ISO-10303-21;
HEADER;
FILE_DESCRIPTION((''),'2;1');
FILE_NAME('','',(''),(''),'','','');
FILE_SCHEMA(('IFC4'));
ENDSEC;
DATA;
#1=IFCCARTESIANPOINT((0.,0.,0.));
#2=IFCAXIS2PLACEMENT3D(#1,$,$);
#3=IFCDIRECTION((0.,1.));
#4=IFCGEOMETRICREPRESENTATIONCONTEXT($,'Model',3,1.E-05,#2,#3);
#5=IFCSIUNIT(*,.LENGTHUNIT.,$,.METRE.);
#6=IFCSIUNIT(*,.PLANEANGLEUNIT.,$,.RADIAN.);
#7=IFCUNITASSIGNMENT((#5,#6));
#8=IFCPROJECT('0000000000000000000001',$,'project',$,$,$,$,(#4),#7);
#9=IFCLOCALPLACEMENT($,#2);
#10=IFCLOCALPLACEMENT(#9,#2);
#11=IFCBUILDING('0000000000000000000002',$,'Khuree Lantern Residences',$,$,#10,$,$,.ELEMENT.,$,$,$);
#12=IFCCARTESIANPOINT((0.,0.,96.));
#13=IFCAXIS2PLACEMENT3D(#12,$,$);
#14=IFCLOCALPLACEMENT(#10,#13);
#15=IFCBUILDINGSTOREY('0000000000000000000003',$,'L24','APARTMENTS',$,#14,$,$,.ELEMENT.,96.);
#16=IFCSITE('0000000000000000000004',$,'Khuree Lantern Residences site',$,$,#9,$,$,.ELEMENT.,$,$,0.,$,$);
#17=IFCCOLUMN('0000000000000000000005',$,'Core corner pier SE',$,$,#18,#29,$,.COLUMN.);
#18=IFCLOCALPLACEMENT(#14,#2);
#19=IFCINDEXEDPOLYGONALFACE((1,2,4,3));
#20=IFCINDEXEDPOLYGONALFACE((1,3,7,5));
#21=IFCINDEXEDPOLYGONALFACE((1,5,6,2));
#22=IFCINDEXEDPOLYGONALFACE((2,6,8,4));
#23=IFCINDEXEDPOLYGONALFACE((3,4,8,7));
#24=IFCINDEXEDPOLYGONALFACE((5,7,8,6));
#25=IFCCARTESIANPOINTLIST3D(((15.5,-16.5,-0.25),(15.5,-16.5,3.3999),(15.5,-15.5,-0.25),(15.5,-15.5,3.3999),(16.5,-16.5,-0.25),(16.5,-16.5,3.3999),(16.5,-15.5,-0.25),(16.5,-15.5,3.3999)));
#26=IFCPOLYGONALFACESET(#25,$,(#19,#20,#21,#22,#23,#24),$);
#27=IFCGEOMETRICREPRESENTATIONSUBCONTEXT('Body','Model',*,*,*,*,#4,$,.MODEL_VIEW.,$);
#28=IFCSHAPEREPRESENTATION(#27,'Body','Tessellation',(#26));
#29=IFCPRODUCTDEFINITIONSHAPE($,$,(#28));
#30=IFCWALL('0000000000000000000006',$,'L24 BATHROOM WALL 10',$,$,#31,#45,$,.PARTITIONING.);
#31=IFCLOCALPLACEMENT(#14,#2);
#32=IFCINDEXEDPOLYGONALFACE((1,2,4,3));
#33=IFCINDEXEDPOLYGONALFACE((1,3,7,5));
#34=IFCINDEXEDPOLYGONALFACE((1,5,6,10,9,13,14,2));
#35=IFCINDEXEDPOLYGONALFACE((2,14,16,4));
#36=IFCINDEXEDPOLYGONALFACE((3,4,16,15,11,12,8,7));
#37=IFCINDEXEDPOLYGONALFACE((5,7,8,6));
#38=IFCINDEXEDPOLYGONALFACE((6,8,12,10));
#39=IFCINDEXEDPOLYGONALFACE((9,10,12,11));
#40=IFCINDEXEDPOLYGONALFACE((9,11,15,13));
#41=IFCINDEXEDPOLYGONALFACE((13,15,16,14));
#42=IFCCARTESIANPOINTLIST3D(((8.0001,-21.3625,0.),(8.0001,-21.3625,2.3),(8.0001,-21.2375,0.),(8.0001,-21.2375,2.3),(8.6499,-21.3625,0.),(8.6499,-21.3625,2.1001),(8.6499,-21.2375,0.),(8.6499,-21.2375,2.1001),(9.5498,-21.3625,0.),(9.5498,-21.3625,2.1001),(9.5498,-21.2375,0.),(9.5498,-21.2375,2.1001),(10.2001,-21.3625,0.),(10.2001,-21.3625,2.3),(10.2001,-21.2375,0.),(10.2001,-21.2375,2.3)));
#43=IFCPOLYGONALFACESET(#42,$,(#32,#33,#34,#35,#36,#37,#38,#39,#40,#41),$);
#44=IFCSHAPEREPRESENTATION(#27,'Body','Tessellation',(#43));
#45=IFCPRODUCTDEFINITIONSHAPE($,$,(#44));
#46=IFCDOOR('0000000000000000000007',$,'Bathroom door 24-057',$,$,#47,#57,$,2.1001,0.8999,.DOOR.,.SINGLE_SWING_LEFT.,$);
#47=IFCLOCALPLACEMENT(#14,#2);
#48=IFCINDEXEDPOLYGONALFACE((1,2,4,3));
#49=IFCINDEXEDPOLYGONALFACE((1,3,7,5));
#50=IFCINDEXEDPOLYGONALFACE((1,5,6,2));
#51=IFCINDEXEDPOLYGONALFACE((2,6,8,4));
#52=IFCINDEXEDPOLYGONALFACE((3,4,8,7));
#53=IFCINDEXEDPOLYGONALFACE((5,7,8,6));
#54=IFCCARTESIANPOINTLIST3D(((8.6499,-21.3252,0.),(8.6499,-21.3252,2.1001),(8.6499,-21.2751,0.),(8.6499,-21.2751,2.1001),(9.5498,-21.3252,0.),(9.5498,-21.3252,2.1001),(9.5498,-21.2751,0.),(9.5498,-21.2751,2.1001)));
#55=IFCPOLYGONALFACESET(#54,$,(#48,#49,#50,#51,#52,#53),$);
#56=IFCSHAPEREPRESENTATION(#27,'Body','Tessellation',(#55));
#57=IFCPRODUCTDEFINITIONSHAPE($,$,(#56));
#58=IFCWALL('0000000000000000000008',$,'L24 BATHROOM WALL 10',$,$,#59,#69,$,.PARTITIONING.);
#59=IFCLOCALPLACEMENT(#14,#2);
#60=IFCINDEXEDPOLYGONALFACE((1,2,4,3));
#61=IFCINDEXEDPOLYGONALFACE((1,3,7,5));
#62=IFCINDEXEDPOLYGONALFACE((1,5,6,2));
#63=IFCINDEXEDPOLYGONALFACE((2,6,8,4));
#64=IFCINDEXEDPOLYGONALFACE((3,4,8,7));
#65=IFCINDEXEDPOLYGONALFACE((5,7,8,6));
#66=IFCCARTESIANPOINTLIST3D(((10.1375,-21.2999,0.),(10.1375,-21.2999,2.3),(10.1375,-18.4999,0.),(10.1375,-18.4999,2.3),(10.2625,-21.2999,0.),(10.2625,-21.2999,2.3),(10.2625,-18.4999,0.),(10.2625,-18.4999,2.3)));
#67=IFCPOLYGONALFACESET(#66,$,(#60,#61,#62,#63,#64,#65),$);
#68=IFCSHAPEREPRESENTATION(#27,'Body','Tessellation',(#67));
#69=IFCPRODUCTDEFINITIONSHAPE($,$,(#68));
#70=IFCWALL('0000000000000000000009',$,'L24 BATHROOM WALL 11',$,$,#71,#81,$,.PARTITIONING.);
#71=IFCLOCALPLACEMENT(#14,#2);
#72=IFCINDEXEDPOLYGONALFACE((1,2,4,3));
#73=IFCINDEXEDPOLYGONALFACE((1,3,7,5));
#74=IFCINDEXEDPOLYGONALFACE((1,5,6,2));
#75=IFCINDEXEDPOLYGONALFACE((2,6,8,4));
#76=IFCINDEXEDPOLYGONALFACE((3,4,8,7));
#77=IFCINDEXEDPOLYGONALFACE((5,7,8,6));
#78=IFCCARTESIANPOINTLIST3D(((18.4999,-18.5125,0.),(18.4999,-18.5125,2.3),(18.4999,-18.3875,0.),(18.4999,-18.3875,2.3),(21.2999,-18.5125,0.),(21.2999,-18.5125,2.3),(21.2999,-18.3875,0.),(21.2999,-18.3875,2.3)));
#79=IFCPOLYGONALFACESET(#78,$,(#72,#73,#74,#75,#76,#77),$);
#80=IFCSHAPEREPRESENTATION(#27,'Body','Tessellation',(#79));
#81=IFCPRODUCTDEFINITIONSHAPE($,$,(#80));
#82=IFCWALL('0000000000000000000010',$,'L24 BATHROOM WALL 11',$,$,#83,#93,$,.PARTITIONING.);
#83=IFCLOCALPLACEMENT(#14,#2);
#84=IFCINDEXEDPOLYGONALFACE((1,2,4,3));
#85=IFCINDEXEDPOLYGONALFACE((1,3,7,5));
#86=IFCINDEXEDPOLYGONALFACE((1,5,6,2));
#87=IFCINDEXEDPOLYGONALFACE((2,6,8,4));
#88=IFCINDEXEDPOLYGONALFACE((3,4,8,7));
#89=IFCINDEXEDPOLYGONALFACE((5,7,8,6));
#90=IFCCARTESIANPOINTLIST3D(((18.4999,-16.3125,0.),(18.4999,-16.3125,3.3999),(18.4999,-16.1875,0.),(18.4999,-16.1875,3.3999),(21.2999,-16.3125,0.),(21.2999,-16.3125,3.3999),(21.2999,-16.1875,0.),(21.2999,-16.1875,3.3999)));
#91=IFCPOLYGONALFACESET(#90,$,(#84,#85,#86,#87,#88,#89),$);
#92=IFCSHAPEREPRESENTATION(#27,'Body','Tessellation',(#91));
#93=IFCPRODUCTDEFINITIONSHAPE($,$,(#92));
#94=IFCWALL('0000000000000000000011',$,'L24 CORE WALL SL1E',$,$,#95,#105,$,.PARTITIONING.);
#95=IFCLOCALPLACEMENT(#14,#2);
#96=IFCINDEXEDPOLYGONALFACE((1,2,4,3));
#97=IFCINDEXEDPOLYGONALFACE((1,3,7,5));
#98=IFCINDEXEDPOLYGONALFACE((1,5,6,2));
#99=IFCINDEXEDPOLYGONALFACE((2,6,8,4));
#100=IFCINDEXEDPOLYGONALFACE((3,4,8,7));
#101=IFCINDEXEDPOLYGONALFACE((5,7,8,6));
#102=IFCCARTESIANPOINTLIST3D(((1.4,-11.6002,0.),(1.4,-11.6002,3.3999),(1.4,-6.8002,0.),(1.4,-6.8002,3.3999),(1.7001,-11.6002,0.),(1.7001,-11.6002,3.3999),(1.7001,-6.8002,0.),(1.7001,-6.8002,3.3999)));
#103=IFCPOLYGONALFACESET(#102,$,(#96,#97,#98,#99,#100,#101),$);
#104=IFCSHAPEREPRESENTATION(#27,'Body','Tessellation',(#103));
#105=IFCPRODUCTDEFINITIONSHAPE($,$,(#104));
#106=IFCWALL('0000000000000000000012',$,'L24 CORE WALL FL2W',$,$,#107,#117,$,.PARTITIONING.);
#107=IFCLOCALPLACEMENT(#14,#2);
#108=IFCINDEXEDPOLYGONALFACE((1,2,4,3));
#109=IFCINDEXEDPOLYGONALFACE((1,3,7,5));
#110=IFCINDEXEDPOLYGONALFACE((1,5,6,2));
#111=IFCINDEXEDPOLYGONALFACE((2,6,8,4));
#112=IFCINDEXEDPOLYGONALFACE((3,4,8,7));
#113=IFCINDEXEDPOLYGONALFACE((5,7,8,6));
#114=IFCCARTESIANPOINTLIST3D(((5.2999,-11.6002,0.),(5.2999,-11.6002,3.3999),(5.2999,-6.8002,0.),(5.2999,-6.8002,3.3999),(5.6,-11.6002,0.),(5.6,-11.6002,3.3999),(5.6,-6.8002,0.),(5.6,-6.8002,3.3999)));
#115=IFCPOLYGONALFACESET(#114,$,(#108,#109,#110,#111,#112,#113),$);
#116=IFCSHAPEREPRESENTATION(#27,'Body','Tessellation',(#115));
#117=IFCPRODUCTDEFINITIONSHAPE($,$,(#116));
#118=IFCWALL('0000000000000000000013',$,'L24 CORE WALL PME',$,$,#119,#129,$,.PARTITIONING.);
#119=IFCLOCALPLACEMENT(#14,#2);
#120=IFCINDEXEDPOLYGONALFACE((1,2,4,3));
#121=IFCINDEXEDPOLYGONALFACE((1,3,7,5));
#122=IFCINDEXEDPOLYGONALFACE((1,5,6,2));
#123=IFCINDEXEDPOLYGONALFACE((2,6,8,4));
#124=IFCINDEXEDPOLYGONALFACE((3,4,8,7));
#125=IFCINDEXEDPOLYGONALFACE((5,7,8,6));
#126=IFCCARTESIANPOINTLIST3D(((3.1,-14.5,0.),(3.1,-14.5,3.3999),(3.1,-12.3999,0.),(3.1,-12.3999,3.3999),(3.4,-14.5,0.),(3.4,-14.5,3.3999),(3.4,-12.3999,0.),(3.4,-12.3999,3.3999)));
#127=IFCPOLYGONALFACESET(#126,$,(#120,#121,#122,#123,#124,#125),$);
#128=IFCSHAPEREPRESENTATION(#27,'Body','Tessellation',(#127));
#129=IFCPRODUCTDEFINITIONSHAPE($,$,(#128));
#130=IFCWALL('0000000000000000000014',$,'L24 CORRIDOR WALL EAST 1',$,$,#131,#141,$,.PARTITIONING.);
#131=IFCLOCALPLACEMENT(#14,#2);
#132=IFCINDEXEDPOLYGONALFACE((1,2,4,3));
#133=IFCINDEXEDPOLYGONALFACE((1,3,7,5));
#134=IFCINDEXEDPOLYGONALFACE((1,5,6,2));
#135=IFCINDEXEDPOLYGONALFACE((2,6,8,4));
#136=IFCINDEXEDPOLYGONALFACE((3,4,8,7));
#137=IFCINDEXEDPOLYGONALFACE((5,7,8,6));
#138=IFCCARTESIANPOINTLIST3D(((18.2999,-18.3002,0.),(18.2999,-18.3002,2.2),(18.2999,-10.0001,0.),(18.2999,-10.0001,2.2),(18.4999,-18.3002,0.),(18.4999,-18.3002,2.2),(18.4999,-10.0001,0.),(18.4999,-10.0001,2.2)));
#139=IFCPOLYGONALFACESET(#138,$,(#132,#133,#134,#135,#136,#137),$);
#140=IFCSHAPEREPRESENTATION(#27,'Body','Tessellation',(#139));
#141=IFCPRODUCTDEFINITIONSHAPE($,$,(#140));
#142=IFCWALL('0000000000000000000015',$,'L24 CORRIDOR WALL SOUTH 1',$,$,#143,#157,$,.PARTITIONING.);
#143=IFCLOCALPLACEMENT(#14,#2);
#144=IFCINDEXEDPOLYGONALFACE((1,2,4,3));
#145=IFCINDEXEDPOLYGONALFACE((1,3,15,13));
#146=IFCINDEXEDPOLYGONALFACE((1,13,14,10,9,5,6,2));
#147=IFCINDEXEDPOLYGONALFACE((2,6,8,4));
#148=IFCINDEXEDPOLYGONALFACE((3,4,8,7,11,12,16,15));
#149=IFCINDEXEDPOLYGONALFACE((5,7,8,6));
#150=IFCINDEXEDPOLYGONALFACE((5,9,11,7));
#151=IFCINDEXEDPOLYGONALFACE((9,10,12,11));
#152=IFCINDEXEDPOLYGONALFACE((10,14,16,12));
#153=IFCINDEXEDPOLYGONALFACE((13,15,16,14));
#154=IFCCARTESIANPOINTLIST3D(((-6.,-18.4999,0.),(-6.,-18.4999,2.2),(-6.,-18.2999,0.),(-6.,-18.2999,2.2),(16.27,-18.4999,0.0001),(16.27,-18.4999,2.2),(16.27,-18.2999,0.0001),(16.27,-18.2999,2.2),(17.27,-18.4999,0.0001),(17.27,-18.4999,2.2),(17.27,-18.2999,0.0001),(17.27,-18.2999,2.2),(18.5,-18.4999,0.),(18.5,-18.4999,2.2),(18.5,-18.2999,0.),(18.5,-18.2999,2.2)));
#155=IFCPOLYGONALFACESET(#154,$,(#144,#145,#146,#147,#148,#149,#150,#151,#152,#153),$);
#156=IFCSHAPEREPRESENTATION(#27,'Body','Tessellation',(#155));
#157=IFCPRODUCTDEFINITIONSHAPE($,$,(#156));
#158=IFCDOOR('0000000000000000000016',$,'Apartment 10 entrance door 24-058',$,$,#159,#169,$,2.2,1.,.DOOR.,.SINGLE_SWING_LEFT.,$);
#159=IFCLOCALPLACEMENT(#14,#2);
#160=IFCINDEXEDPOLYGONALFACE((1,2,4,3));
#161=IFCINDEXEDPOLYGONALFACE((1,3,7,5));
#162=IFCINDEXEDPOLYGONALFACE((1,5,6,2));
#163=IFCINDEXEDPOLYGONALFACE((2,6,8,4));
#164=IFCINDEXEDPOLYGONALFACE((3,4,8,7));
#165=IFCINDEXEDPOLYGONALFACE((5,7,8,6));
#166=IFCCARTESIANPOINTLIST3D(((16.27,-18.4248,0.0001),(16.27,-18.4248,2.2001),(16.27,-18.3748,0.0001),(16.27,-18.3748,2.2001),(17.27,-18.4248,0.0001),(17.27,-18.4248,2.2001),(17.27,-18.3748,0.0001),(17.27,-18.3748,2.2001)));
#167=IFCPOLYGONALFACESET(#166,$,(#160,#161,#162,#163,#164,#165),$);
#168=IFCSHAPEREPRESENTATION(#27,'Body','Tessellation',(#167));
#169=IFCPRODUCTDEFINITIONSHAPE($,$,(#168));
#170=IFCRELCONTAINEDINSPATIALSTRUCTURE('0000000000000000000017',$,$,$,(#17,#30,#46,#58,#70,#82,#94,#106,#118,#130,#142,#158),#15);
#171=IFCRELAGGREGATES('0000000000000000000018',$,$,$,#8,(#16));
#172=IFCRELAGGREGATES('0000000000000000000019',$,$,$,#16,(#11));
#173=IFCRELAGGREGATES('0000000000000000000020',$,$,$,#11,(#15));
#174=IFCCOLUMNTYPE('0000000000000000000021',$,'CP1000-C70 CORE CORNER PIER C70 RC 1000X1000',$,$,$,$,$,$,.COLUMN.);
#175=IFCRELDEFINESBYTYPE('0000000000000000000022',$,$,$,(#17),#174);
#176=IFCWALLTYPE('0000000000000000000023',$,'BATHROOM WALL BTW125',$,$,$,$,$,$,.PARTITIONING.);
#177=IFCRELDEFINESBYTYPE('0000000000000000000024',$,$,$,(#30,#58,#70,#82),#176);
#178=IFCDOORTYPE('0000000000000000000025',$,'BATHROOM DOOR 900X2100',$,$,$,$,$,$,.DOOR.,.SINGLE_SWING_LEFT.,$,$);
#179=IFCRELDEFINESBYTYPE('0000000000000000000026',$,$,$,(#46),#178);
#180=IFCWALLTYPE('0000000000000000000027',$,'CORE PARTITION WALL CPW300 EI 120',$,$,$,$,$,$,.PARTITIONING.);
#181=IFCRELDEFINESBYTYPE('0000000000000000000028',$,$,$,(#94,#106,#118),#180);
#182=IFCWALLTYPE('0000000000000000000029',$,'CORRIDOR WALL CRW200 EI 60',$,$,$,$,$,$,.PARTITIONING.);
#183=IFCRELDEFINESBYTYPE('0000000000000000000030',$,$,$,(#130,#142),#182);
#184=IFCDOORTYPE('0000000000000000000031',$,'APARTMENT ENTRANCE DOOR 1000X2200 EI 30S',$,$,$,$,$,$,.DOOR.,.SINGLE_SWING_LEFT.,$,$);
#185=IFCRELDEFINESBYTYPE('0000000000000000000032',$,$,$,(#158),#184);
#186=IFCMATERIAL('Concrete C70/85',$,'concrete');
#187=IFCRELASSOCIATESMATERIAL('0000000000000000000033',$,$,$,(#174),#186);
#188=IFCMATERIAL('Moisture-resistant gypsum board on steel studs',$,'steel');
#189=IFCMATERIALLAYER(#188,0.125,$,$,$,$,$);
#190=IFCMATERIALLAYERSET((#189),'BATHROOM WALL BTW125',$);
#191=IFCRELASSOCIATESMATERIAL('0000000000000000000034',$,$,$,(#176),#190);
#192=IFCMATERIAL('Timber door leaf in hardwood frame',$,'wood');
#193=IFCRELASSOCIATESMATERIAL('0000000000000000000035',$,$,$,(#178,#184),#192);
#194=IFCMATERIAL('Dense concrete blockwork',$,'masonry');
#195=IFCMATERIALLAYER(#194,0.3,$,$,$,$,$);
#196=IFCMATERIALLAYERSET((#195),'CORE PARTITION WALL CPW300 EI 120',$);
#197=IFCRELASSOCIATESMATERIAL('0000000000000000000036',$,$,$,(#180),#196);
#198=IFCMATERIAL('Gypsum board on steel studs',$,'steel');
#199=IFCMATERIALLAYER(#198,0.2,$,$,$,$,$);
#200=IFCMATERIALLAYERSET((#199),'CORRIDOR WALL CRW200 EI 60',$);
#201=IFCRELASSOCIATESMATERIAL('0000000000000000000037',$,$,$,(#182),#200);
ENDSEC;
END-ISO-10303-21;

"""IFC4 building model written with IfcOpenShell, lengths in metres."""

from ifc_helpers import new_model, si_unit, direction, frame, frame_2d, origin, origin_2d, place, context, subcontext, project, spatial, rectangle, extrude, material, layer, layer_set, material_profile, profile_set, type_object, element, fill, save


model = new_model("IFC4")

# Units and contexts
model_context = context("Model", 3, precision=1e-05, world=origin(), true_north=direction((0.0, 1.0)))
body_context = subcontext(model_context, "Body", "Model", "MODEL_VIEW")
ifc_project = project(units=[si_unit("LENGTHUNIT", "METRE"), si_unit("PLANEANGLEUNIT", "RADIAN")], contexts=[model_context])

# Site, building, storey
site_placement = place(None, origin())
site = spatial("IfcSite", under=ifc_project, at=site_placement, Name="Khuree Lantern Residences site", CompositionType="ELEMENT", RefElevation=0.0)
building_placement = place(site_placement, origin())
building = spatial("IfcBuilding", under=site, at=building_placement, Name="Khuree Lantern Residences", CompositionType="ELEMENT")
storey_placement = place(building_placement, frame((0.0, 0.0, 96.0)))
storey = spatial("IfcBuildingStorey", under=building, at=storey_placement, Name="L24", Description="APARTMENTS", CompositionType="ELEMENT", Elevation=96.0)

# Column
ifc_material_1 = material(Name="Concrete C70/85", Category="concrete")
ifc_material_profile = material_profile(ifc_material_1, rectangle(XDim=1.0, YDim=1.0, at=origin_2d()), Name="RC 1000X1000")
ifc_profile_set = profile_set([ifc_material_profile], Name="Concrete C70/85")
column_type = type_object("IfcColumnType", Name="CP1000-C70 CORE CORNER PIER C70 RC 1000X1000", PredefinedType="COLUMN", material=ifc_profile_set)
column_placement = place(storey_placement, frame((16.0, -16.0, -0.25), z_axis=(0.0, 0.0, 1.0), x_axis=(1.0, 0.0, 0.0)))
element("IfcColumn", 1, at=column_placement, inside=storey, type_object=column_type, Name="Core corner pier SE", PredefinedType="COLUMN", context=body_context, shape_type="SweptSolid", body=[
    extrude(rectangle(XDim=1.0, YDim=1.0, at=origin_2d()), origin(), (0.0, 0.0, 1.0), 3.6499),
])

# Wall, opening, door
ifc_material_2 = material(Name="Moisture-resistant gypsum board on steel studs", Category="steel")
ifc_layer_1 = layer(ifc_material_2, 0.125)
ifc_layer_set_1 = layer_set([ifc_layer_1], Name="BATHROOM WALL BTW125")
wall_type_1 = type_object("IfcWallType", Name="BATHROOM WALL BTW125", PredefinedType="PARTITIONING", material=ifc_layer_set_1)
wall_1_placement = place(storey_placement, frame((8.0, -21.3, 0.0), z_axis=(0.0, 0.0, 1.0), x_axis=(1.0, 0.0, 0.0)))
wall_1 = element("IfcWall", 2, at=wall_1_placement, inside=storey, type_object=wall_type_1, Name="L24 BATHROOM WALL 10", PredefinedType="PARTITIONING", context=body_context, shape_type="SweptSolid", body=[
    extrude(rectangle(XDim=2.2, YDim=0.125, at=frame_2d((1.1001, 0.0))), origin(), (0.0, 0.0, 1.0), 2.3),
])
opening_1_placement = place(wall_1_placement, frame((0.6499, 0.0, 0.0)))
opening_1 = element("IfcOpeningElement", 3, at=opening_1_placement, cuts=wall_1, PredefinedType="OPENING", context=body_context, shape_type="SweptSolid", body=[
    extrude(rectangle(XDim=0.8999, YDim=2.1001, at=frame_2d((0.45, 1.05))), frame((0.0, 0.0725, 0.0), z_axis=(0.0, -1.0, 0.0), x_axis=(1.0, 0.0, 0.0)), (0.0, 0.0, 1.0), 0.145),
])
ifc_material_3 = material(Name="Timber door leaf in hardwood frame", Category="wood")
door_type_1 = type_object("IfcDoorType", Name="BATHROOM DOOR 900X2100", OperationType="SINGLE_SWING_LEFT", PredefinedType="DOOR", material=ifc_material_3)
door_1_placement = place(opening_1_placement, origin())
door_1 = element("IfcDoor", 4, at=door_1_placement, inside=storey, type_object=door_type_1, Name="Bathroom door 24-057", OperationType="SINGLE_SWING_LEFT", OverallHeight=2.1001, OverallWidth=0.8999, PredefinedType="DOOR", context=body_context, shape_type="SweptSolid", body=[
    extrude(rectangle(XDim=0.8999, YDim=2.1001, at=frame_2d((0.45, 1.05))), frame((0.0, 0.0249, 0.0), z_axis=(0.0, -1.0, 0.0), x_axis=(1.0, 0.0, 0.0)), (0.0, 0.0, 1.0), 0.05),
])
fill(opening_1, door_1)

# Walls
for number, where, z_axis, x_axis, name in (
    (5, (10.2, -18.5, 0.0), (0.0, 0.0, 1.0), (0.0, -1.0, 0.0), "L24 BATHROOM WALL 10"),
    (6, (18.5, -18.45, 0.0), (0.0, 0.0, 1.0), (1.0, 0.0, 0.0), "L24 BATHROOM WALL 11"),
):
    element("IfcWall", number, at=place(storey_placement, frame(where, z_axis=z_axis, x_axis=x_axis)), inside=storey, type_object=wall_type_1, Name=name, PredefinedType="PARTITIONING", context=body_context, shape_type="SweptSolid", body=[
        extrude(rectangle(XDim=2.8, YDim=0.125, at=frame_2d((1.3999, 0.0))), origin(), (0.0, 0.0, 1.0), 2.3),
    ])
wall_2_placement = place(storey_placement, frame((18.5, -16.25, 0.0), z_axis=(0.0, 0.0, 1.0), x_axis=(1.0, 0.0, 0.0)))
element("IfcWall", 7, at=wall_2_placement, inside=storey, type_object=wall_type_1, Name="L24 BATHROOM WALL 11", PredefinedType="PARTITIONING", context=body_context, shape_type="SweptSolid", body=[
    extrude(rectangle(XDim=2.8, YDim=0.125, at=frame_2d((1.3999, 0.0))), origin(), (0.0, 0.0, 1.0), 3.3999),
])
ifc_material_4 = material(Name="Dense concrete blockwork", Category="masonry")
ifc_layer_2 = layer(ifc_material_4, 0.3)
ifc_layer_set_2 = layer_set([ifc_layer_2], Name="CORE PARTITION WALL CPW300 EI 120")
wall_type_2 = type_object("IfcWallType", Name="CORE PARTITION WALL CPW300 EI 120", PredefinedType="PARTITIONING", material=ifc_layer_set_2)
for number, where, z_axis, x_axis, name in (
    (8, (1.55, -11.6001, 0.0), (0.0, 0.0, 1.0), (0.0, 1.0, 0.0), "L24 CORE WALL SL1E"),
    (9, (5.45, -11.6001, 0.0), (0.0, 0.0, 1.0), (0.0, 1.0, 0.0), "L24 CORE WALL FL2W"),
):
    element("IfcWall", number, at=place(storey_placement, frame(where, z_axis=z_axis, x_axis=x_axis)), inside=storey, type_object=wall_type_2, Name=name, PredefinedType="PARTITIONING", context=body_context, shape_type="SweptSolid", body=[
        extrude(rectangle(XDim=4.8, YDim=0.3, at=frame_2d((2.3999, 0.0))), origin(), (0.0, 0.0, 1.0), 3.3999),
    ])
wall_3_placement = place(storey_placement, frame((3.25, -14.5, 0.0), z_axis=(0.0, 0.0, 1.0), x_axis=(0.0, 1.0, 0.0)))
element("IfcWall", 10, at=wall_3_placement, inside=storey, type_object=wall_type_2, Name="L24 CORE WALL PME", PredefinedType="PARTITIONING", context=body_context, shape_type="SweptSolid", body=[
    extrude(rectangle(XDim=2.1001, YDim=0.3, at=frame_2d((1.05, 0.0))), origin(), (0.0, 0.0, 1.0), 3.3999),
])
ifc_material_5 = material(Name="Gypsum board on steel studs", Category="steel")
ifc_layer_3 = layer(ifc_material_5, 0.2)
ifc_layer_set_3 = layer_set([ifc_layer_3], Name="CORRIDOR WALL CRW200 EI 60")
wall_type_3 = type_object("IfcWallType", Name="CORRIDOR WALL CRW200 EI 60", PredefinedType="PARTITIONING", material=ifc_layer_set_3)
wall_4_placement = place(storey_placement, frame((18.3999, -18.3, 0.0), z_axis=(0.0, 0.0, 1.0), x_axis=(0.0, 1.0, 0.0)))
element("IfcWall", 11, at=wall_4_placement, inside=storey, type_object=wall_type_3, Name="L24 CORRIDOR WALL EAST 1", PredefinedType="PARTITIONING", context=body_context, shape_type="SweptSolid", body=[
    extrude(rectangle(XDim=8.3, YDim=0.2, at=frame_2d((4.1499, 0.0))), origin(), (0.0, 0.0, 1.0), 2.2),
])

# Wall, opening, door
wall_5_placement = place(storey_placement, frame((18.5, -18.3999, 0.0), z_axis=(0.0, 0.0, 1.0), x_axis=(-1.0, 0.0, 0.0)))
wall_5 = element("IfcWall", 12, at=wall_5_placement, inside=storey, type_object=wall_type_3, Name="L24 CORRIDOR WALL SOUTH 1", PredefinedType="PARTITIONING", context=body_context, shape_type="SweptSolid", body=[
    extrude(rectangle(XDim=24.5, YDim=0.2, at=frame_2d((12.25, 0.0))), origin(), (0.0, 0.0, 1.0), 2.2),
])
opening_2_placement = place(wall_5_placement, frame((1.23, 0.0, 0.0)))
opening_2 = element("IfcOpeningElement", 13, at=opening_2_placement, cuts=wall_5, PredefinedType="OPENING", context=body_context, shape_type="SweptSolid", body=[
    extrude(rectangle(XDim=1.0, YDim=2.2, at=frame_2d((0.5, 1.1001))), frame((0.0, 0.1099, 0.0), z_axis=(0.0, -1.0, 0.0), x_axis=(1.0, 0.0, 0.0)), (0.0, 0.0, 1.0), 0.22),
])
door_type_2 = type_object("IfcDoorType", Name="APARTMENT ENTRANCE DOOR 1000X2200 EI 30S", OperationType="SINGLE_SWING_LEFT", PredefinedType="DOOR", material=ifc_material_3)
door_2_placement = place(opening_2_placement, origin())
door_2 = element("IfcDoor", 14, at=door_2_placement, inside=storey, type_object=door_type_2, Name="Apartment 10 entrance door 24-058", OperationType="SINGLE_SWING_LEFT", OverallHeight=2.2, OverallWidth=1.0, PredefinedType="DOOR", context=body_context, shape_type="SweptSolid", body=[
    extrude(rectangle(XDim=1.0, YDim=2.2, at=frame_2d((0.5, 1.1001))), frame((0.0, 0.0249, 0.0), z_axis=(0.0, -1.0, 0.0), x_axis=(1.0, 0.0, 0.0)), (0.0, 0.0, 1.0), 0.05),
])
fill(opening_2, door_2)

save(model, "model.ifc")
